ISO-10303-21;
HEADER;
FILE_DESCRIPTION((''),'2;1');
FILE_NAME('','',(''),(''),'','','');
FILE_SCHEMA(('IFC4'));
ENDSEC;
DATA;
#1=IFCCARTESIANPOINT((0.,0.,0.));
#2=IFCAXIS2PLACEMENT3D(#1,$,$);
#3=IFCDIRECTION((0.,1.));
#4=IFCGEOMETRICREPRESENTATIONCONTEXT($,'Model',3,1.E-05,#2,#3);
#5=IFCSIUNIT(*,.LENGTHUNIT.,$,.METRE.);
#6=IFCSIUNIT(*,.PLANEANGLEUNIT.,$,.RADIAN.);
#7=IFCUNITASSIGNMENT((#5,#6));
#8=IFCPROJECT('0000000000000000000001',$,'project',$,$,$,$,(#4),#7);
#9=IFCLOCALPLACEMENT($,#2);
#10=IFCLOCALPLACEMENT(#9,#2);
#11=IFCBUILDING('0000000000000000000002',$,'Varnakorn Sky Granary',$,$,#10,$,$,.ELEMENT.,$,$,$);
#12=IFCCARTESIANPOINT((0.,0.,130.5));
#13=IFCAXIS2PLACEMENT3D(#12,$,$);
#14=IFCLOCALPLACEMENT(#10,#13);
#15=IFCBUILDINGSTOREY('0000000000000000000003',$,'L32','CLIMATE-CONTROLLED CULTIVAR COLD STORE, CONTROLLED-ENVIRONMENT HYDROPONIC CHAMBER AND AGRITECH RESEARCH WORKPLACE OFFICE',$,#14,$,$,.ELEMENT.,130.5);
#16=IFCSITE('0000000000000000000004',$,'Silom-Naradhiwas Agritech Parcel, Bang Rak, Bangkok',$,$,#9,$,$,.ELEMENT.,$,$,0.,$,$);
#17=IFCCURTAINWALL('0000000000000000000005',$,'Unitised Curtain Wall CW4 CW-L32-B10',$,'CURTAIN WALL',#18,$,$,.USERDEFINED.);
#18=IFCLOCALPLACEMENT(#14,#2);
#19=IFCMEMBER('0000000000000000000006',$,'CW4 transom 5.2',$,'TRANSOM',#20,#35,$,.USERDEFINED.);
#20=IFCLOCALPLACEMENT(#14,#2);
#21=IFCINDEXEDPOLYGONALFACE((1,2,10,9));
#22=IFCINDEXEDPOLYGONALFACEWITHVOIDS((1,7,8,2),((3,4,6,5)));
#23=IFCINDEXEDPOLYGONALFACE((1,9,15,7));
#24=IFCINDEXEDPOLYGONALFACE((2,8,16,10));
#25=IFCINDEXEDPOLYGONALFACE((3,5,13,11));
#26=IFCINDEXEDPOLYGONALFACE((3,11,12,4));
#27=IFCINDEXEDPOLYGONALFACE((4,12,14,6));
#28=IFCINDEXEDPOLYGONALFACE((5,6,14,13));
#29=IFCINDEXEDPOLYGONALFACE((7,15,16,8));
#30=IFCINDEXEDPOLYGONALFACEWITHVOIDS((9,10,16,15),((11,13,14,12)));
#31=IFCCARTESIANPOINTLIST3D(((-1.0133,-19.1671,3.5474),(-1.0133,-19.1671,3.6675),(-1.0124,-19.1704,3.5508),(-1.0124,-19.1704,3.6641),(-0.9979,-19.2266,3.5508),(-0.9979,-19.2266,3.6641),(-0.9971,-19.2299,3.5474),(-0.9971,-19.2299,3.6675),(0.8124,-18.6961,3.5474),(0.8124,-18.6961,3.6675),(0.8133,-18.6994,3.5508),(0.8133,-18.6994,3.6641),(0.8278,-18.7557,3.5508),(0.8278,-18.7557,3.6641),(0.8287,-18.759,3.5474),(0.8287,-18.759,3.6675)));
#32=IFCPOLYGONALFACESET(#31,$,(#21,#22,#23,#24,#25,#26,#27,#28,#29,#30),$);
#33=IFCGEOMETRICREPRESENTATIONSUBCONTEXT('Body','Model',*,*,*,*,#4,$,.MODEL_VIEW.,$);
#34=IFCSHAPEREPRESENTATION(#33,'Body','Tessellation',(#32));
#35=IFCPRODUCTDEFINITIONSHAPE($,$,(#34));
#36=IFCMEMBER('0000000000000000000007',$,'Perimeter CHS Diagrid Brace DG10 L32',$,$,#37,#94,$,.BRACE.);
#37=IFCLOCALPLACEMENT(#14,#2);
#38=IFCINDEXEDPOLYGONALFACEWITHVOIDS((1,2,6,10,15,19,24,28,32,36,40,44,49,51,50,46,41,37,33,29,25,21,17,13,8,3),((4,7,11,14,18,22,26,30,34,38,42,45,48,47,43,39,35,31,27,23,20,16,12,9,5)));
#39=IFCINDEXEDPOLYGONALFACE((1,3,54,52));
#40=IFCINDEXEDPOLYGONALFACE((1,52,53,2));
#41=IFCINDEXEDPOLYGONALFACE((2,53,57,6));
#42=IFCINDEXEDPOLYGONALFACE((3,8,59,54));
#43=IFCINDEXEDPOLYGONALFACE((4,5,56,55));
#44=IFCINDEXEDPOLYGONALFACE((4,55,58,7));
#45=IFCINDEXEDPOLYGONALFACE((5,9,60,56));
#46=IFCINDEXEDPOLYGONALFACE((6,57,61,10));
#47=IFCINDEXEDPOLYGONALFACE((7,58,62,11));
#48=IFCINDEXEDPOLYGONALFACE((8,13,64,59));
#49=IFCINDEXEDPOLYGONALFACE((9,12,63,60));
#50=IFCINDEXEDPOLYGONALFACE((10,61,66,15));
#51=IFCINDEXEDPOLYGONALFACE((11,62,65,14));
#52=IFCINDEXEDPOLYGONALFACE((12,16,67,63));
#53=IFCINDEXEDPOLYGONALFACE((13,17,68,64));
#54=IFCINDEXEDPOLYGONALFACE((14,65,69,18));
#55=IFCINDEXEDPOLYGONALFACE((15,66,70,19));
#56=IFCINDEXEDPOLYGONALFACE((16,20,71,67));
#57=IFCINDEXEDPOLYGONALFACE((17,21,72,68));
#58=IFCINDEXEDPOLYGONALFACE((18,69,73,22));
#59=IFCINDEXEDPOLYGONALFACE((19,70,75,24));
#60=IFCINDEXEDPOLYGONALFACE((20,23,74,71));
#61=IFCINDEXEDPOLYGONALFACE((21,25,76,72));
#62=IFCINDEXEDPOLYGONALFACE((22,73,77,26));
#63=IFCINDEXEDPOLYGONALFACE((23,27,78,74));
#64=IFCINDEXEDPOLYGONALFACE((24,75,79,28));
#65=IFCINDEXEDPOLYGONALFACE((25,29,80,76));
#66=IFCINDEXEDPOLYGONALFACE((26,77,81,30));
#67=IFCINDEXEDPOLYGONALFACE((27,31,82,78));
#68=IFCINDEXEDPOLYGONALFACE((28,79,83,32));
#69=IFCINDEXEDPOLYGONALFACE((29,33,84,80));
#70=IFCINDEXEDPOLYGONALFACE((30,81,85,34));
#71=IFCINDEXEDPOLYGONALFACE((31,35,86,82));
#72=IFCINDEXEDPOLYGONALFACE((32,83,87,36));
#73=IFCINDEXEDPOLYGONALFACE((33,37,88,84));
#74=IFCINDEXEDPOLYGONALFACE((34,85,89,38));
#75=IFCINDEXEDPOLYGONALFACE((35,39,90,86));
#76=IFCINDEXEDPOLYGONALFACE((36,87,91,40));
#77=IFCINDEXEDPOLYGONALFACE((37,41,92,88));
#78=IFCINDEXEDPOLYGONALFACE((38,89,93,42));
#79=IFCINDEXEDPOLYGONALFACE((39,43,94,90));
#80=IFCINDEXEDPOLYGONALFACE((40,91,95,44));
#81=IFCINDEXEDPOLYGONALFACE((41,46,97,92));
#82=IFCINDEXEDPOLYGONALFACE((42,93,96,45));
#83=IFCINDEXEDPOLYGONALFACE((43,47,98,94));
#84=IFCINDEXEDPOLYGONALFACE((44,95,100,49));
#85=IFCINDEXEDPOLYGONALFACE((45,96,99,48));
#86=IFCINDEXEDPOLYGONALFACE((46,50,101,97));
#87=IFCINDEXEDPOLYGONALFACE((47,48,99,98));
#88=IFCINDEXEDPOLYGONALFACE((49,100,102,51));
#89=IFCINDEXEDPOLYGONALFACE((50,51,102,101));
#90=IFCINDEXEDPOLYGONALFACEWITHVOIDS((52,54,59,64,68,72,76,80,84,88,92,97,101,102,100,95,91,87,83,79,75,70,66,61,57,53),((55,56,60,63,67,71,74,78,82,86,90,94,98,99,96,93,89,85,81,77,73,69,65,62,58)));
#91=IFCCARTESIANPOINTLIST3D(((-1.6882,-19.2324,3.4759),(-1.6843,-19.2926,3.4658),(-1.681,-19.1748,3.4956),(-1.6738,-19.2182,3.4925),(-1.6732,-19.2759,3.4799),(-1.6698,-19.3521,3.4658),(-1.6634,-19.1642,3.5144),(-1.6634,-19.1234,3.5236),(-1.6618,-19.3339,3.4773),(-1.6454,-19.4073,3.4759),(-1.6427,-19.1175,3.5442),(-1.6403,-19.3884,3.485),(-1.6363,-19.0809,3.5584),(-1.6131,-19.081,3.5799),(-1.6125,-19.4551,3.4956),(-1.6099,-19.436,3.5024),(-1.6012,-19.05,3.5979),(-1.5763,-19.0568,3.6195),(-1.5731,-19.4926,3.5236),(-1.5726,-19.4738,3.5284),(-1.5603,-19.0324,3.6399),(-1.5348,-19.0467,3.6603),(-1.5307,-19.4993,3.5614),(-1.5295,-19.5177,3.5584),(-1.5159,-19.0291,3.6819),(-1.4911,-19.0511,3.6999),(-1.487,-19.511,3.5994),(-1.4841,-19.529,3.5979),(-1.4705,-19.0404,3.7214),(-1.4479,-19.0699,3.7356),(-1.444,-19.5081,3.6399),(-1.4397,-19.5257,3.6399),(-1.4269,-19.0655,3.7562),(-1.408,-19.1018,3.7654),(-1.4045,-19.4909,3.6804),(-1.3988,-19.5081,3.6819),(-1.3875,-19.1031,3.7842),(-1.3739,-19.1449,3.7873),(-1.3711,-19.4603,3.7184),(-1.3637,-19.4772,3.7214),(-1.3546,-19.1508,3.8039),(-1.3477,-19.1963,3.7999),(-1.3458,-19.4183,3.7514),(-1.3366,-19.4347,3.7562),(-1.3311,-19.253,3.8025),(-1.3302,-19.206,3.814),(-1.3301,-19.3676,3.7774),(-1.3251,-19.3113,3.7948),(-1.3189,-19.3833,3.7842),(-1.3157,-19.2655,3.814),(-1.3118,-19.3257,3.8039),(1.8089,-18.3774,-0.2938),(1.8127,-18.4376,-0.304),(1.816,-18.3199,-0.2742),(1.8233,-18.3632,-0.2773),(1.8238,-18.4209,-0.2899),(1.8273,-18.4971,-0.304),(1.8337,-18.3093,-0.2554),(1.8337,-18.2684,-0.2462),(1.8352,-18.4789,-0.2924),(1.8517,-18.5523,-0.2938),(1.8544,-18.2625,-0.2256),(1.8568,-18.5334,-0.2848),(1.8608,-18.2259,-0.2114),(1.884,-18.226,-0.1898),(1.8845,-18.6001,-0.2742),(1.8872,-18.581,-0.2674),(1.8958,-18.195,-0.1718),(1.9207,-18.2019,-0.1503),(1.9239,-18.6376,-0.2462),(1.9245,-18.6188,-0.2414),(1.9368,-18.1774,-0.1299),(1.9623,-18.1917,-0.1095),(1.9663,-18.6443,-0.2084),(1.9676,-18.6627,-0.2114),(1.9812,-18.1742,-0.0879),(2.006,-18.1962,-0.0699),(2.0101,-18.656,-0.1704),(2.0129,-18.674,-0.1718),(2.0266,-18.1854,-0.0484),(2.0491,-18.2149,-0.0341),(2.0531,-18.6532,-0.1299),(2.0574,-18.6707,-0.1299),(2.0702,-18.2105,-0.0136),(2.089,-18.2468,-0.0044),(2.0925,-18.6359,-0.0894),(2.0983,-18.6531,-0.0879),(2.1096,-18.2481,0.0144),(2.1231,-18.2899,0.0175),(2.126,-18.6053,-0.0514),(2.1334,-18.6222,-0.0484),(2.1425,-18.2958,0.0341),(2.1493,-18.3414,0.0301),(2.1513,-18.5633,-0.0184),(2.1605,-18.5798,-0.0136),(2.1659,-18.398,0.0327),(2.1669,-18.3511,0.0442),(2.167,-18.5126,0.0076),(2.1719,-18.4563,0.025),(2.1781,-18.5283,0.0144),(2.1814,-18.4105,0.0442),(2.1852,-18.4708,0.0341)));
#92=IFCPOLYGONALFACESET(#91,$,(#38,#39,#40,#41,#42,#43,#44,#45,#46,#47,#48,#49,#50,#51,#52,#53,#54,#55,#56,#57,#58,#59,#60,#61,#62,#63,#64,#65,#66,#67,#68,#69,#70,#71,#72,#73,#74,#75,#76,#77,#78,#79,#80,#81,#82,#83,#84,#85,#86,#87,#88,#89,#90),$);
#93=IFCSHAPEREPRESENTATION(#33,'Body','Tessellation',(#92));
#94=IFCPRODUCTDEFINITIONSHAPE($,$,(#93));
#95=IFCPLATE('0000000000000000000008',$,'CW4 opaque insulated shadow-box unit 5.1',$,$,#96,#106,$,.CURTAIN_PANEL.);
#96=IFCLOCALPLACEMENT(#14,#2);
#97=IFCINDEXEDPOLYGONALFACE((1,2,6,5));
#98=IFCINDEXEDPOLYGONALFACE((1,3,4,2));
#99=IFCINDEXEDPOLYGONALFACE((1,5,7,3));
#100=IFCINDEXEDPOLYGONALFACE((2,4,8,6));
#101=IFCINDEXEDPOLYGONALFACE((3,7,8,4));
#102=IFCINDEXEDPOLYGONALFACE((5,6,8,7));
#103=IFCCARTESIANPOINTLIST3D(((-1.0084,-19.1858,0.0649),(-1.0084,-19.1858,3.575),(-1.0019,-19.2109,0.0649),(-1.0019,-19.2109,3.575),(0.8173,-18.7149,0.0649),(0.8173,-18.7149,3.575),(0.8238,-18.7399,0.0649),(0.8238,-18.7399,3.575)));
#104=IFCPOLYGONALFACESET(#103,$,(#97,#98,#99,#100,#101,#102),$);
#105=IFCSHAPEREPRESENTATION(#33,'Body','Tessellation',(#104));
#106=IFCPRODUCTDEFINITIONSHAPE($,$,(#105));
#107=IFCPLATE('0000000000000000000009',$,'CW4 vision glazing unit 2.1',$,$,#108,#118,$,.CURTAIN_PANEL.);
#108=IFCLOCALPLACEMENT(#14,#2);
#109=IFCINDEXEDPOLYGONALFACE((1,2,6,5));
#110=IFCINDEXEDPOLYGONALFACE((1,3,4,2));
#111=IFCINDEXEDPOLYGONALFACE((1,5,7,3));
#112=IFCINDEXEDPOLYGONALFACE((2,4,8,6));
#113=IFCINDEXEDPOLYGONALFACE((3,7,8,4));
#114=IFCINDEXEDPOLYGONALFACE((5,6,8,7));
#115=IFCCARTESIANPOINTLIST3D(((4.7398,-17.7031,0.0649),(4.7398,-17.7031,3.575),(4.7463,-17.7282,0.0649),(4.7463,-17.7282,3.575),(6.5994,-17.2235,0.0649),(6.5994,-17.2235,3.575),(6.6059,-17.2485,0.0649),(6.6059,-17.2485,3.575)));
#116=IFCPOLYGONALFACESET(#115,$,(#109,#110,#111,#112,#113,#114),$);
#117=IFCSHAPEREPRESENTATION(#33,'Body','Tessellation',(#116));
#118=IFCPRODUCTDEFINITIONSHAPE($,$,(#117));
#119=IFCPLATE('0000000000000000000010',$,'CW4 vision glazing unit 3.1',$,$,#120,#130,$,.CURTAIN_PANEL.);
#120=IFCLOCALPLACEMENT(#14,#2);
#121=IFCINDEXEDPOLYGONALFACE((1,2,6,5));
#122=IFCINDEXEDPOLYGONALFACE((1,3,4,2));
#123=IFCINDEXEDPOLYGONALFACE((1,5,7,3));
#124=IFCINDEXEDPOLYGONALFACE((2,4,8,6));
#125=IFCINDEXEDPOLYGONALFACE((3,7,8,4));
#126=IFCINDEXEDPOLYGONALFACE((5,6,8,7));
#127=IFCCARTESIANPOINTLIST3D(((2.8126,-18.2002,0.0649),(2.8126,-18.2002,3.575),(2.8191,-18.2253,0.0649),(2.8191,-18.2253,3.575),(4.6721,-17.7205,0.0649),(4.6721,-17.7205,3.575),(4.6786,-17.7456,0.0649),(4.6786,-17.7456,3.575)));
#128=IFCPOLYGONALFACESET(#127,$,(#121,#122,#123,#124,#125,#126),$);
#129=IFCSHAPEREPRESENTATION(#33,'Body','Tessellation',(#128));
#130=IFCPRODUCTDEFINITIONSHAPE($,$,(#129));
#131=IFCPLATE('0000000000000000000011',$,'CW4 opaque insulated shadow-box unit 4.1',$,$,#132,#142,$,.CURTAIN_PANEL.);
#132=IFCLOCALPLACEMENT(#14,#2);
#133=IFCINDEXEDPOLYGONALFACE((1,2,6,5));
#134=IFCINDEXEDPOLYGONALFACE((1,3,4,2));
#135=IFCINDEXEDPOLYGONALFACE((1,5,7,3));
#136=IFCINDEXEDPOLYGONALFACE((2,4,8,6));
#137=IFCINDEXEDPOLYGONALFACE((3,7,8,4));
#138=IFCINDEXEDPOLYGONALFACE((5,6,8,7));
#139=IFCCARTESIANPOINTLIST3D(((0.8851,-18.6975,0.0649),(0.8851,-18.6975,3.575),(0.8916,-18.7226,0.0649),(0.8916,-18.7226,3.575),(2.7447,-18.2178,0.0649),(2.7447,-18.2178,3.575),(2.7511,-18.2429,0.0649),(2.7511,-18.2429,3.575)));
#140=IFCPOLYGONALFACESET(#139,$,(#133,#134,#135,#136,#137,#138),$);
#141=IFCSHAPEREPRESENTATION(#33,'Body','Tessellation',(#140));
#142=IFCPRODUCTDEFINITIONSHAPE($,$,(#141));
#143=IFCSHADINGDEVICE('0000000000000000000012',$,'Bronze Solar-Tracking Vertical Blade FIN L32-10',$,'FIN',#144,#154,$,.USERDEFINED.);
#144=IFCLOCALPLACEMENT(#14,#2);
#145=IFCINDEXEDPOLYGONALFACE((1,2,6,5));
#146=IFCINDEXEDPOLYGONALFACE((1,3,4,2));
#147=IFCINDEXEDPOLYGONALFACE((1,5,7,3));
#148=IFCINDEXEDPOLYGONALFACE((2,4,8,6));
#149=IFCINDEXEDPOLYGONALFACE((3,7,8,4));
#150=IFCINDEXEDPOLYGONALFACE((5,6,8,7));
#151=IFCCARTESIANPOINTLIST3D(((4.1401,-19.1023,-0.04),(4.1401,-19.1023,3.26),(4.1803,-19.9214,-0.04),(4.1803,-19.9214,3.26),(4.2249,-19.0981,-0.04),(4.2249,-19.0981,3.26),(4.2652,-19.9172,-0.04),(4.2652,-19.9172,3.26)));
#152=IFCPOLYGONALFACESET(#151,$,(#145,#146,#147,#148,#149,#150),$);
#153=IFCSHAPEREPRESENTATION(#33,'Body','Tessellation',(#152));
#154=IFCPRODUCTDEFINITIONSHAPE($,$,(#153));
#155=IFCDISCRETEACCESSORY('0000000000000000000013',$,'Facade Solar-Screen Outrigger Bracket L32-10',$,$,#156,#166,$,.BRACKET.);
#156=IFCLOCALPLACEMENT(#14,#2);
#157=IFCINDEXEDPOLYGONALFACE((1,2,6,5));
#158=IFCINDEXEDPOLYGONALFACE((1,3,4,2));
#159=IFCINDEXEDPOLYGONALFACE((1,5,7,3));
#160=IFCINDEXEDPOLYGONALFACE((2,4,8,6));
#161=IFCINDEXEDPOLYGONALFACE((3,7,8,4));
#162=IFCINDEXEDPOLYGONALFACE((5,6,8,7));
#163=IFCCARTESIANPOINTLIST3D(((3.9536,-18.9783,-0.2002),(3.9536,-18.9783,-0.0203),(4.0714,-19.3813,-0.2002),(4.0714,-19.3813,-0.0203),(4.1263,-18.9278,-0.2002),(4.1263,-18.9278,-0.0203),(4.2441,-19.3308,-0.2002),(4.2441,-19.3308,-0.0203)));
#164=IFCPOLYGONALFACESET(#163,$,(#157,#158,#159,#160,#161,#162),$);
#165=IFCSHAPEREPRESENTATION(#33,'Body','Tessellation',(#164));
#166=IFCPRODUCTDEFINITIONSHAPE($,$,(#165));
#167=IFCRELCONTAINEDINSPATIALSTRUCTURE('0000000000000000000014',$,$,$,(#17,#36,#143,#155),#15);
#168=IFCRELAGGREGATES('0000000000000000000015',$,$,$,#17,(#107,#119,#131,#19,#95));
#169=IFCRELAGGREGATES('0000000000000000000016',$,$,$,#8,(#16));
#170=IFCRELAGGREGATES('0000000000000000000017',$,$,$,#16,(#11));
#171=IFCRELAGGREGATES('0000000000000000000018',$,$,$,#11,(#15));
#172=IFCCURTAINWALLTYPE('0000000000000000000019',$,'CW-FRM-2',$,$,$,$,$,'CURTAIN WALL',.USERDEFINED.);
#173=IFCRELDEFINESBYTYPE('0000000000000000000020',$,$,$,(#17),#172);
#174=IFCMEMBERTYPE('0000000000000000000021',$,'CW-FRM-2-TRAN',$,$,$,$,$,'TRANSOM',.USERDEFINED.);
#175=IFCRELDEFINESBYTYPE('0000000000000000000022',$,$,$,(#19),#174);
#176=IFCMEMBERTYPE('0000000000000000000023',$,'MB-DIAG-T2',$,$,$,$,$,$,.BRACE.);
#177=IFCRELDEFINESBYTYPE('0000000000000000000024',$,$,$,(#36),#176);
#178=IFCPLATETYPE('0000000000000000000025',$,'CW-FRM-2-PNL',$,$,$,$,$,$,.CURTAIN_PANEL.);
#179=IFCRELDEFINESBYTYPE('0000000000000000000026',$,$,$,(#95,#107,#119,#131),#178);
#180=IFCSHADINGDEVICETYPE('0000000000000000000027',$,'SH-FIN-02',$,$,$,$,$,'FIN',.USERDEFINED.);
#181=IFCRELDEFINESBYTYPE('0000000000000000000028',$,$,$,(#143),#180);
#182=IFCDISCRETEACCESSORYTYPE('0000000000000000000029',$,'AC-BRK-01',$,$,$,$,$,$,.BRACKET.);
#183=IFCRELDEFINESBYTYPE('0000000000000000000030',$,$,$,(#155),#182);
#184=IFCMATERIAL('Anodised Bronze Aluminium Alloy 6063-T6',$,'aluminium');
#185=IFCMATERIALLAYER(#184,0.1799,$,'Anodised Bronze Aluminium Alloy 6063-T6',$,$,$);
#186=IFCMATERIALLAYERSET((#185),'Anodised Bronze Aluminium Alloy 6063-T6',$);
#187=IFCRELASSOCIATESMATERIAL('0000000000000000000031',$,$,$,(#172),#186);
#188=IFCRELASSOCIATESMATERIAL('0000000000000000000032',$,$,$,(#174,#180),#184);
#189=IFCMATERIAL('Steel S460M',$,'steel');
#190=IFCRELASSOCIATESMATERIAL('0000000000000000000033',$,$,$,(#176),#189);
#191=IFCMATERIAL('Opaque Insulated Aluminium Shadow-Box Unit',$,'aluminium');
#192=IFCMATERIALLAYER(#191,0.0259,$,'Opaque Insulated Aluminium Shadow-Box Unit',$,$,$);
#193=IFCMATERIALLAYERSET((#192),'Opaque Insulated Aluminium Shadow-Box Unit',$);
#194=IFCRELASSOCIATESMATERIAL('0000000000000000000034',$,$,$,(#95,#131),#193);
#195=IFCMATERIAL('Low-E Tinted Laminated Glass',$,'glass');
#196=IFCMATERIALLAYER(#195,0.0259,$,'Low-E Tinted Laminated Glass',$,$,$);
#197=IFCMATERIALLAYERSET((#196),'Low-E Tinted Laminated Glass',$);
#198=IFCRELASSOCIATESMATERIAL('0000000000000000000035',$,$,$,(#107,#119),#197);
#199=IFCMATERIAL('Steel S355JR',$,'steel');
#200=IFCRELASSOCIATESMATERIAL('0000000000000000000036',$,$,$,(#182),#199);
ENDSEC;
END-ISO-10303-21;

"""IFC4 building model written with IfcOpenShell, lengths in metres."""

from ifc_helpers import new_model, si_unit, direction, frame, origin, origin_2d, place, context, subcontext, project, spatial, rectangle, hollow_rectangle, hollow_circle, extrude, source, transform, mapped, material, layer, layer_set, material_profile, profile_set, type_object, type_shapes, element, aggregate, save


model = new_model("IFC4")

# Units and contexts
model_context = context("Model", 3, precision=1e-05, world=origin(), true_north=direction((0.0, 1.0)))
body_context = subcontext(model_context, "Body", "Model", "MODEL_VIEW")
ifc_project = project(units=[si_unit("LENGTHUNIT", "METRE"), si_unit("PLANEANGLEUNIT", "RADIAN")], contexts=[model_context])

# Site, building, storey
site_placement = place(None, origin())
site = spatial("IfcSite", under=ifc_project, at=site_placement, Name="Silom-Naradhiwas Agritech Parcel, Bang Rak, Bangkok", CompositionType="ELEMENT", RefElevation=0.0)
building_placement = place(site_placement, origin())
building = spatial("IfcBuilding", under=site, at=building_placement, Name="Varnakorn Sky Granary", CompositionType="ELEMENT")
storey_placement = place(building_placement, frame((0.0, 0.0, 130.5)))
storey = spatial("IfcBuildingStorey", under=building, at=storey_placement, Name="L32", Description="CLIMATE-CONTROLLED CULTIVAR COLD STORE, CONTROLLED-ENVIRONMENT HYDROPONIC CHAMBER AND AGRITECH RESEARCH WORKPLACE OFFICE", CompositionType="ELEMENT", Elevation=130.5)

# Curtain wall, member
ifc_material_1 = material(Name="Anodised Bronze Aluminium Alloy 6063-T6", Category="aluminium")
ifc_layer_1 = layer(ifc_material_1, 0.1799, Name="Anodised Bronze Aluminium Alloy 6063-T6")
ifc_layer_set_1 = layer_set([ifc_layer_1], Name="Anodised Bronze Aluminium Alloy 6063-T6")
curtain_wall_type = type_object("IfcCurtainWallType", Name="CW-FRM-2", ElementType="CURTAIN WALL", PredefinedType="USERDEFINED", material=ifc_layer_set_1)
curtain_wall_placement = place(storey_placement, origin())
curtain_wall = element("IfcCurtainWall", 1, at=curtain_wall_placement, inside=storey, type_object=curtain_wall_type, Name="Unitised Curtain Wall CW4 CW-L32-B10", ObjectType="CURTAIN WALL", PredefinedType="USERDEFINED")
ifc_material_profile_1 = material_profile(ifc_material_1, hollow_rectangle(XDim=0.0649, YDim=0.1201, WallThickness=0.0034, at=origin_2d()), Name="ALU TRAN 65x120")
ifc_profile_set_1 = profile_set([ifc_material_profile_1], Name="Anodised Bronze Aluminium Alloy 6063-T6")
member_type_1 = type_object("IfcMemberType", Name="CW-FRM-2-TRAN", ElementType="TRANSOM", PredefinedType="USERDEFINED", material=ifc_profile_set_1)
member_1_placement = place(storey_placement, frame((0.8206, -18.7275, 3.6074), z_axis=(-0.968303, -0.24978, 0.0), x_axis=(0.24978, -0.968303, 0.0)))
member_1 = element("IfcMember", 2, at=member_1_placement, type_object=member_type_1, Name="CW4 transom 5.2", ObjectType="TRANSOM", PredefinedType="USERDEFINED", context=body_context, shape_type="SweptSolid", body=[
    extrude(hollow_rectangle(XDim=0.0649, YDim=0.1201, WallThickness=0.0034, at=origin_2d()), origin(), (0.0, 0.0, 1.0), 1.8855),
])

# Member
ifc_material_2 = material(Name="Steel S460M", Category="steel")
ifc_material_profile_2 = material_profile(ifc_material_2, hollow_circle(Radius=0.2539, WallThickness=0.0181, at=origin_2d()), Name="CHS 508x18")
ifc_profile_set_2 = profile_set([ifc_material_profile_2], Name="Steel S460M")
member_type_2 = type_object("IfcMemberType", Name="MB-DIAG-T2", PredefinedType="BRACE", material=ifc_profile_set_2)
member_2_placement = place(storey_placement, frame((1.9971, -18.4241, -0.1299), z_axis=(-0.670882, -0.16402, 0.723198), x_axis=(0.23749, -0.97139, 0.0)))
element("IfcMember", 3, at=member_2_placement, inside=storey, type_object=member_type_2, Name="Perimeter CHS Diagrid Brace DG10 L32", PredefinedType="BRACE", context=body_context, shape_type="SweptSolid", body=[
    extrude(hollow_circle(Radius=0.2539, WallThickness=0.0181, at=origin_2d()), origin(), (0.0, 0.0, 1.0), 5.2126),
])

# Plates
ifc_material_3 = material(Name="Opaque Insulated Aluminium Shadow-Box Unit", Category="aluminium")
ifc_layer_2 = layer(ifc_material_3, 0.0259, Name="Opaque Insulated Aluminium Shadow-Box Unit")
ifc_layer_set_2 = layer_set([ifc_layer_2], Name="Opaque Insulated Aluminium Shadow-Box Unit")
plate_type = type_object("IfcPlateType", Name="CW-FRM-2-PNL", PredefinedType="CURTAIN_PANEL")
shared_shape_1 = source(origin(), body_context, "Body", "SweptSolid", [
    extrude(rectangle(XDim=1.8855, YDim=0.0259, at=origin_2d()), origin(), (0.0, 0.0, 1.0), 3.51),
])
plate_1_placement = place(storey_placement, frame((-0.0923, -18.9629, 0.0649), z_axis=(0.0, 0.0, 1.0), x_axis=(-0.968303, -0.249777, 0.0)))
plate_1 = element("IfcPlate", 4, at=plate_1_placement, type_object=plate_type, material=ifc_layer_set_2, Name="CW4 opaque insulated shadow-box unit 5.1", PredefinedType="CURTAIN_PANEL", context=body_context, shape_type="MappedRepresentation", body=[
    mapped(shared_shape_1, transform((0.0, 0.0, 0.0), x_axis=(1.0, 0.0, 0.0), y_axis=(0.0, 1.0, 0.0), z_axis=(0.0, 0.0, 1.0), scale=1.0)),
])
ifc_material_4 = material(Name="Low-E Tinted Laminated Glass", Category="glass")
ifc_layer_3 = layer(ifc_material_4, 0.0259, Name="Low-E Tinted Laminated Glass")
ifc_layer_set_3 = layer_set([ifc_layer_3], Name="Low-E Tinted Laminated Glass")
shared_shape_2 = source(origin(), body_context, "Body", "SweptSolid", [
    extrude(rectangle(XDim=1.9204, YDim=0.0259, at=origin_2d()), origin(), (0.0, 0.0, 1.0), 3.51),
])
type_shapes(plate_type, [shared_shape_1, shared_shape_2])
plate_2_placement = place(storey_placement, frame((5.6729, -17.4758, 0.0649), z_axis=(0.0, 0.0, 1.0), x_axis=(-0.968303, -0.249777, 0.0)))
plate_2 = element("IfcPlate", 5, at=plate_2_placement, type_object=plate_type, material=ifc_layer_set_3, Name="CW4 vision glazing unit 2.1", PredefinedType="CURTAIN_PANEL", context=body_context, shape_type="MappedRepresentation", body=[
    mapped(shared_shape_2, transform((0.0, 0.0, 0.0), x_axis=(1.0, 0.0, 0.0), y_axis=(0.0, 1.0, 0.0), z_axis=(0.0, 0.0, 1.0), scale=1.0)),
])
plate_3_placement = place(storey_placement, frame((3.7456, -17.9729, 0.0649), z_axis=(0.0, 0.0, 1.0), x_axis=(-0.968303, -0.249777, 0.0)))
plate_3 = element("IfcPlate", 6, at=plate_3_placement, type_object=plate_type, material=ifc_layer_set_3, Name="CW4 vision glazing unit 3.1", PredefinedType="CURTAIN_PANEL", context=body_context, shape_type="MappedRepresentation", body=[
    mapped(shared_shape_2, transform((0.0, 0.0, 0.0), x_axis=(1.0, 0.0, 0.0), y_axis=(0.0, 1.0, 0.0), z_axis=(0.0, 0.0, 1.0), scale=1.0)),
])
plate_4_placement = place(storey_placement, frame((1.8181, -18.4702, 0.0649), z_axis=(0.0, 0.0, 1.0), x_axis=(-0.968303, -0.249777, 0.0)))
plate_4 = element("IfcPlate", 7, at=plate_4_placement, type_object=plate_type, material=ifc_layer_set_2, Name="CW4 opaque insulated shadow-box unit 4.1", PredefinedType="CURTAIN_PANEL", context=body_context, shape_type="MappedRepresentation", body=[
    mapped(shared_shape_2, transform((0.0, 0.0, 0.0), x_axis=(1.0, 0.0, 0.0), y_axis=(0.0, 1.0, 0.0), z_axis=(0.0, 0.0, 1.0), scale=1.0)),
])
aggregate(curtain_wall, [plate_2, plate_3, plate_4, member_1, plate_1])

# Shading device
shading_device_type = type_object("IfcShadingDeviceType", Name="SH-FIN-02", ElementType="FIN", PredefinedType="USERDEFINED", material=ifc_material_1)
shared_shape_3 = source(origin(), body_context, "Body", "SweptSolid", [
    extrude(rectangle(XDim=0.085, YDim=0.8201, at=origin_2d()), origin(), (0.0, 0.0, 1.0), 3.3),
])
type_shapes(shading_device_type, [shared_shape_3])
shading_device_placement = place(storey_placement, frame((4.2026, -19.5098, -0.04), z_axis=(0.0, 0.0, 1.0), x_axis=(0.998796, 0.04906, 0.0)))
element("IfcShadingDevice", 8, at=shading_device_placement, inside=storey, type_object=shading_device_type, Name="Bronze Solar-Tracking Vertical Blade FIN L32-10", ObjectType="FIN", PredefinedType="USERDEFINED", context=body_context, shape_type="MappedRepresentation", body=[
    mapped(shared_shape_3, transform((0.0, 0.0, 0.0), x_axis=(1.0, 0.0, 0.0), y_axis=(0.0, 1.0, 0.0), z_axis=(0.0, 0.0, 1.0), scale=1.0)),
])

# Discrete accessory
ifc_material_5 = material(Name="Steel S355JR", Category="steel")
discrete_accessory_type = type_object("IfcDiscreteAccessoryType", Name="AC-BRK-01", PredefinedType="BRACKET", material=ifc_material_5)
shared_shape_4 = source(origin(), body_context, "Body", "SweptSolid", [
    extrude(rectangle(XDim=0.1799, YDim=0.4199, at=origin_2d()), origin(), (0.0, 0.0, 1.0), 0.1799),
])
type_shapes(discrete_accessory_type, [shared_shape_4])
discrete_accessory_placement = place(storey_placement, frame((4.0989, -19.1545, -0.2002), z_axis=(0.0, 0.0, 1.0), x_axis=(0.959838, 0.280555, 0.0)))
element("IfcDiscreteAccessory", 9, at=discrete_accessory_placement, inside=storey, type_object=discrete_accessory_type, Name="Facade Solar-Screen Outrigger Bracket L32-10", PredefinedType="BRACKET", context=body_context, shape_type="MappedRepresentation", body=[
    mapped(shared_shape_4, transform((0.0, 0.0, 0.0), x_axis=(1.0, 0.0, 0.0), y_axis=(0.0, 1.0, 0.0), z_axis=(0.0, 0.0, 1.0), scale=1.0)),
])

save(model, "model.ifc")
